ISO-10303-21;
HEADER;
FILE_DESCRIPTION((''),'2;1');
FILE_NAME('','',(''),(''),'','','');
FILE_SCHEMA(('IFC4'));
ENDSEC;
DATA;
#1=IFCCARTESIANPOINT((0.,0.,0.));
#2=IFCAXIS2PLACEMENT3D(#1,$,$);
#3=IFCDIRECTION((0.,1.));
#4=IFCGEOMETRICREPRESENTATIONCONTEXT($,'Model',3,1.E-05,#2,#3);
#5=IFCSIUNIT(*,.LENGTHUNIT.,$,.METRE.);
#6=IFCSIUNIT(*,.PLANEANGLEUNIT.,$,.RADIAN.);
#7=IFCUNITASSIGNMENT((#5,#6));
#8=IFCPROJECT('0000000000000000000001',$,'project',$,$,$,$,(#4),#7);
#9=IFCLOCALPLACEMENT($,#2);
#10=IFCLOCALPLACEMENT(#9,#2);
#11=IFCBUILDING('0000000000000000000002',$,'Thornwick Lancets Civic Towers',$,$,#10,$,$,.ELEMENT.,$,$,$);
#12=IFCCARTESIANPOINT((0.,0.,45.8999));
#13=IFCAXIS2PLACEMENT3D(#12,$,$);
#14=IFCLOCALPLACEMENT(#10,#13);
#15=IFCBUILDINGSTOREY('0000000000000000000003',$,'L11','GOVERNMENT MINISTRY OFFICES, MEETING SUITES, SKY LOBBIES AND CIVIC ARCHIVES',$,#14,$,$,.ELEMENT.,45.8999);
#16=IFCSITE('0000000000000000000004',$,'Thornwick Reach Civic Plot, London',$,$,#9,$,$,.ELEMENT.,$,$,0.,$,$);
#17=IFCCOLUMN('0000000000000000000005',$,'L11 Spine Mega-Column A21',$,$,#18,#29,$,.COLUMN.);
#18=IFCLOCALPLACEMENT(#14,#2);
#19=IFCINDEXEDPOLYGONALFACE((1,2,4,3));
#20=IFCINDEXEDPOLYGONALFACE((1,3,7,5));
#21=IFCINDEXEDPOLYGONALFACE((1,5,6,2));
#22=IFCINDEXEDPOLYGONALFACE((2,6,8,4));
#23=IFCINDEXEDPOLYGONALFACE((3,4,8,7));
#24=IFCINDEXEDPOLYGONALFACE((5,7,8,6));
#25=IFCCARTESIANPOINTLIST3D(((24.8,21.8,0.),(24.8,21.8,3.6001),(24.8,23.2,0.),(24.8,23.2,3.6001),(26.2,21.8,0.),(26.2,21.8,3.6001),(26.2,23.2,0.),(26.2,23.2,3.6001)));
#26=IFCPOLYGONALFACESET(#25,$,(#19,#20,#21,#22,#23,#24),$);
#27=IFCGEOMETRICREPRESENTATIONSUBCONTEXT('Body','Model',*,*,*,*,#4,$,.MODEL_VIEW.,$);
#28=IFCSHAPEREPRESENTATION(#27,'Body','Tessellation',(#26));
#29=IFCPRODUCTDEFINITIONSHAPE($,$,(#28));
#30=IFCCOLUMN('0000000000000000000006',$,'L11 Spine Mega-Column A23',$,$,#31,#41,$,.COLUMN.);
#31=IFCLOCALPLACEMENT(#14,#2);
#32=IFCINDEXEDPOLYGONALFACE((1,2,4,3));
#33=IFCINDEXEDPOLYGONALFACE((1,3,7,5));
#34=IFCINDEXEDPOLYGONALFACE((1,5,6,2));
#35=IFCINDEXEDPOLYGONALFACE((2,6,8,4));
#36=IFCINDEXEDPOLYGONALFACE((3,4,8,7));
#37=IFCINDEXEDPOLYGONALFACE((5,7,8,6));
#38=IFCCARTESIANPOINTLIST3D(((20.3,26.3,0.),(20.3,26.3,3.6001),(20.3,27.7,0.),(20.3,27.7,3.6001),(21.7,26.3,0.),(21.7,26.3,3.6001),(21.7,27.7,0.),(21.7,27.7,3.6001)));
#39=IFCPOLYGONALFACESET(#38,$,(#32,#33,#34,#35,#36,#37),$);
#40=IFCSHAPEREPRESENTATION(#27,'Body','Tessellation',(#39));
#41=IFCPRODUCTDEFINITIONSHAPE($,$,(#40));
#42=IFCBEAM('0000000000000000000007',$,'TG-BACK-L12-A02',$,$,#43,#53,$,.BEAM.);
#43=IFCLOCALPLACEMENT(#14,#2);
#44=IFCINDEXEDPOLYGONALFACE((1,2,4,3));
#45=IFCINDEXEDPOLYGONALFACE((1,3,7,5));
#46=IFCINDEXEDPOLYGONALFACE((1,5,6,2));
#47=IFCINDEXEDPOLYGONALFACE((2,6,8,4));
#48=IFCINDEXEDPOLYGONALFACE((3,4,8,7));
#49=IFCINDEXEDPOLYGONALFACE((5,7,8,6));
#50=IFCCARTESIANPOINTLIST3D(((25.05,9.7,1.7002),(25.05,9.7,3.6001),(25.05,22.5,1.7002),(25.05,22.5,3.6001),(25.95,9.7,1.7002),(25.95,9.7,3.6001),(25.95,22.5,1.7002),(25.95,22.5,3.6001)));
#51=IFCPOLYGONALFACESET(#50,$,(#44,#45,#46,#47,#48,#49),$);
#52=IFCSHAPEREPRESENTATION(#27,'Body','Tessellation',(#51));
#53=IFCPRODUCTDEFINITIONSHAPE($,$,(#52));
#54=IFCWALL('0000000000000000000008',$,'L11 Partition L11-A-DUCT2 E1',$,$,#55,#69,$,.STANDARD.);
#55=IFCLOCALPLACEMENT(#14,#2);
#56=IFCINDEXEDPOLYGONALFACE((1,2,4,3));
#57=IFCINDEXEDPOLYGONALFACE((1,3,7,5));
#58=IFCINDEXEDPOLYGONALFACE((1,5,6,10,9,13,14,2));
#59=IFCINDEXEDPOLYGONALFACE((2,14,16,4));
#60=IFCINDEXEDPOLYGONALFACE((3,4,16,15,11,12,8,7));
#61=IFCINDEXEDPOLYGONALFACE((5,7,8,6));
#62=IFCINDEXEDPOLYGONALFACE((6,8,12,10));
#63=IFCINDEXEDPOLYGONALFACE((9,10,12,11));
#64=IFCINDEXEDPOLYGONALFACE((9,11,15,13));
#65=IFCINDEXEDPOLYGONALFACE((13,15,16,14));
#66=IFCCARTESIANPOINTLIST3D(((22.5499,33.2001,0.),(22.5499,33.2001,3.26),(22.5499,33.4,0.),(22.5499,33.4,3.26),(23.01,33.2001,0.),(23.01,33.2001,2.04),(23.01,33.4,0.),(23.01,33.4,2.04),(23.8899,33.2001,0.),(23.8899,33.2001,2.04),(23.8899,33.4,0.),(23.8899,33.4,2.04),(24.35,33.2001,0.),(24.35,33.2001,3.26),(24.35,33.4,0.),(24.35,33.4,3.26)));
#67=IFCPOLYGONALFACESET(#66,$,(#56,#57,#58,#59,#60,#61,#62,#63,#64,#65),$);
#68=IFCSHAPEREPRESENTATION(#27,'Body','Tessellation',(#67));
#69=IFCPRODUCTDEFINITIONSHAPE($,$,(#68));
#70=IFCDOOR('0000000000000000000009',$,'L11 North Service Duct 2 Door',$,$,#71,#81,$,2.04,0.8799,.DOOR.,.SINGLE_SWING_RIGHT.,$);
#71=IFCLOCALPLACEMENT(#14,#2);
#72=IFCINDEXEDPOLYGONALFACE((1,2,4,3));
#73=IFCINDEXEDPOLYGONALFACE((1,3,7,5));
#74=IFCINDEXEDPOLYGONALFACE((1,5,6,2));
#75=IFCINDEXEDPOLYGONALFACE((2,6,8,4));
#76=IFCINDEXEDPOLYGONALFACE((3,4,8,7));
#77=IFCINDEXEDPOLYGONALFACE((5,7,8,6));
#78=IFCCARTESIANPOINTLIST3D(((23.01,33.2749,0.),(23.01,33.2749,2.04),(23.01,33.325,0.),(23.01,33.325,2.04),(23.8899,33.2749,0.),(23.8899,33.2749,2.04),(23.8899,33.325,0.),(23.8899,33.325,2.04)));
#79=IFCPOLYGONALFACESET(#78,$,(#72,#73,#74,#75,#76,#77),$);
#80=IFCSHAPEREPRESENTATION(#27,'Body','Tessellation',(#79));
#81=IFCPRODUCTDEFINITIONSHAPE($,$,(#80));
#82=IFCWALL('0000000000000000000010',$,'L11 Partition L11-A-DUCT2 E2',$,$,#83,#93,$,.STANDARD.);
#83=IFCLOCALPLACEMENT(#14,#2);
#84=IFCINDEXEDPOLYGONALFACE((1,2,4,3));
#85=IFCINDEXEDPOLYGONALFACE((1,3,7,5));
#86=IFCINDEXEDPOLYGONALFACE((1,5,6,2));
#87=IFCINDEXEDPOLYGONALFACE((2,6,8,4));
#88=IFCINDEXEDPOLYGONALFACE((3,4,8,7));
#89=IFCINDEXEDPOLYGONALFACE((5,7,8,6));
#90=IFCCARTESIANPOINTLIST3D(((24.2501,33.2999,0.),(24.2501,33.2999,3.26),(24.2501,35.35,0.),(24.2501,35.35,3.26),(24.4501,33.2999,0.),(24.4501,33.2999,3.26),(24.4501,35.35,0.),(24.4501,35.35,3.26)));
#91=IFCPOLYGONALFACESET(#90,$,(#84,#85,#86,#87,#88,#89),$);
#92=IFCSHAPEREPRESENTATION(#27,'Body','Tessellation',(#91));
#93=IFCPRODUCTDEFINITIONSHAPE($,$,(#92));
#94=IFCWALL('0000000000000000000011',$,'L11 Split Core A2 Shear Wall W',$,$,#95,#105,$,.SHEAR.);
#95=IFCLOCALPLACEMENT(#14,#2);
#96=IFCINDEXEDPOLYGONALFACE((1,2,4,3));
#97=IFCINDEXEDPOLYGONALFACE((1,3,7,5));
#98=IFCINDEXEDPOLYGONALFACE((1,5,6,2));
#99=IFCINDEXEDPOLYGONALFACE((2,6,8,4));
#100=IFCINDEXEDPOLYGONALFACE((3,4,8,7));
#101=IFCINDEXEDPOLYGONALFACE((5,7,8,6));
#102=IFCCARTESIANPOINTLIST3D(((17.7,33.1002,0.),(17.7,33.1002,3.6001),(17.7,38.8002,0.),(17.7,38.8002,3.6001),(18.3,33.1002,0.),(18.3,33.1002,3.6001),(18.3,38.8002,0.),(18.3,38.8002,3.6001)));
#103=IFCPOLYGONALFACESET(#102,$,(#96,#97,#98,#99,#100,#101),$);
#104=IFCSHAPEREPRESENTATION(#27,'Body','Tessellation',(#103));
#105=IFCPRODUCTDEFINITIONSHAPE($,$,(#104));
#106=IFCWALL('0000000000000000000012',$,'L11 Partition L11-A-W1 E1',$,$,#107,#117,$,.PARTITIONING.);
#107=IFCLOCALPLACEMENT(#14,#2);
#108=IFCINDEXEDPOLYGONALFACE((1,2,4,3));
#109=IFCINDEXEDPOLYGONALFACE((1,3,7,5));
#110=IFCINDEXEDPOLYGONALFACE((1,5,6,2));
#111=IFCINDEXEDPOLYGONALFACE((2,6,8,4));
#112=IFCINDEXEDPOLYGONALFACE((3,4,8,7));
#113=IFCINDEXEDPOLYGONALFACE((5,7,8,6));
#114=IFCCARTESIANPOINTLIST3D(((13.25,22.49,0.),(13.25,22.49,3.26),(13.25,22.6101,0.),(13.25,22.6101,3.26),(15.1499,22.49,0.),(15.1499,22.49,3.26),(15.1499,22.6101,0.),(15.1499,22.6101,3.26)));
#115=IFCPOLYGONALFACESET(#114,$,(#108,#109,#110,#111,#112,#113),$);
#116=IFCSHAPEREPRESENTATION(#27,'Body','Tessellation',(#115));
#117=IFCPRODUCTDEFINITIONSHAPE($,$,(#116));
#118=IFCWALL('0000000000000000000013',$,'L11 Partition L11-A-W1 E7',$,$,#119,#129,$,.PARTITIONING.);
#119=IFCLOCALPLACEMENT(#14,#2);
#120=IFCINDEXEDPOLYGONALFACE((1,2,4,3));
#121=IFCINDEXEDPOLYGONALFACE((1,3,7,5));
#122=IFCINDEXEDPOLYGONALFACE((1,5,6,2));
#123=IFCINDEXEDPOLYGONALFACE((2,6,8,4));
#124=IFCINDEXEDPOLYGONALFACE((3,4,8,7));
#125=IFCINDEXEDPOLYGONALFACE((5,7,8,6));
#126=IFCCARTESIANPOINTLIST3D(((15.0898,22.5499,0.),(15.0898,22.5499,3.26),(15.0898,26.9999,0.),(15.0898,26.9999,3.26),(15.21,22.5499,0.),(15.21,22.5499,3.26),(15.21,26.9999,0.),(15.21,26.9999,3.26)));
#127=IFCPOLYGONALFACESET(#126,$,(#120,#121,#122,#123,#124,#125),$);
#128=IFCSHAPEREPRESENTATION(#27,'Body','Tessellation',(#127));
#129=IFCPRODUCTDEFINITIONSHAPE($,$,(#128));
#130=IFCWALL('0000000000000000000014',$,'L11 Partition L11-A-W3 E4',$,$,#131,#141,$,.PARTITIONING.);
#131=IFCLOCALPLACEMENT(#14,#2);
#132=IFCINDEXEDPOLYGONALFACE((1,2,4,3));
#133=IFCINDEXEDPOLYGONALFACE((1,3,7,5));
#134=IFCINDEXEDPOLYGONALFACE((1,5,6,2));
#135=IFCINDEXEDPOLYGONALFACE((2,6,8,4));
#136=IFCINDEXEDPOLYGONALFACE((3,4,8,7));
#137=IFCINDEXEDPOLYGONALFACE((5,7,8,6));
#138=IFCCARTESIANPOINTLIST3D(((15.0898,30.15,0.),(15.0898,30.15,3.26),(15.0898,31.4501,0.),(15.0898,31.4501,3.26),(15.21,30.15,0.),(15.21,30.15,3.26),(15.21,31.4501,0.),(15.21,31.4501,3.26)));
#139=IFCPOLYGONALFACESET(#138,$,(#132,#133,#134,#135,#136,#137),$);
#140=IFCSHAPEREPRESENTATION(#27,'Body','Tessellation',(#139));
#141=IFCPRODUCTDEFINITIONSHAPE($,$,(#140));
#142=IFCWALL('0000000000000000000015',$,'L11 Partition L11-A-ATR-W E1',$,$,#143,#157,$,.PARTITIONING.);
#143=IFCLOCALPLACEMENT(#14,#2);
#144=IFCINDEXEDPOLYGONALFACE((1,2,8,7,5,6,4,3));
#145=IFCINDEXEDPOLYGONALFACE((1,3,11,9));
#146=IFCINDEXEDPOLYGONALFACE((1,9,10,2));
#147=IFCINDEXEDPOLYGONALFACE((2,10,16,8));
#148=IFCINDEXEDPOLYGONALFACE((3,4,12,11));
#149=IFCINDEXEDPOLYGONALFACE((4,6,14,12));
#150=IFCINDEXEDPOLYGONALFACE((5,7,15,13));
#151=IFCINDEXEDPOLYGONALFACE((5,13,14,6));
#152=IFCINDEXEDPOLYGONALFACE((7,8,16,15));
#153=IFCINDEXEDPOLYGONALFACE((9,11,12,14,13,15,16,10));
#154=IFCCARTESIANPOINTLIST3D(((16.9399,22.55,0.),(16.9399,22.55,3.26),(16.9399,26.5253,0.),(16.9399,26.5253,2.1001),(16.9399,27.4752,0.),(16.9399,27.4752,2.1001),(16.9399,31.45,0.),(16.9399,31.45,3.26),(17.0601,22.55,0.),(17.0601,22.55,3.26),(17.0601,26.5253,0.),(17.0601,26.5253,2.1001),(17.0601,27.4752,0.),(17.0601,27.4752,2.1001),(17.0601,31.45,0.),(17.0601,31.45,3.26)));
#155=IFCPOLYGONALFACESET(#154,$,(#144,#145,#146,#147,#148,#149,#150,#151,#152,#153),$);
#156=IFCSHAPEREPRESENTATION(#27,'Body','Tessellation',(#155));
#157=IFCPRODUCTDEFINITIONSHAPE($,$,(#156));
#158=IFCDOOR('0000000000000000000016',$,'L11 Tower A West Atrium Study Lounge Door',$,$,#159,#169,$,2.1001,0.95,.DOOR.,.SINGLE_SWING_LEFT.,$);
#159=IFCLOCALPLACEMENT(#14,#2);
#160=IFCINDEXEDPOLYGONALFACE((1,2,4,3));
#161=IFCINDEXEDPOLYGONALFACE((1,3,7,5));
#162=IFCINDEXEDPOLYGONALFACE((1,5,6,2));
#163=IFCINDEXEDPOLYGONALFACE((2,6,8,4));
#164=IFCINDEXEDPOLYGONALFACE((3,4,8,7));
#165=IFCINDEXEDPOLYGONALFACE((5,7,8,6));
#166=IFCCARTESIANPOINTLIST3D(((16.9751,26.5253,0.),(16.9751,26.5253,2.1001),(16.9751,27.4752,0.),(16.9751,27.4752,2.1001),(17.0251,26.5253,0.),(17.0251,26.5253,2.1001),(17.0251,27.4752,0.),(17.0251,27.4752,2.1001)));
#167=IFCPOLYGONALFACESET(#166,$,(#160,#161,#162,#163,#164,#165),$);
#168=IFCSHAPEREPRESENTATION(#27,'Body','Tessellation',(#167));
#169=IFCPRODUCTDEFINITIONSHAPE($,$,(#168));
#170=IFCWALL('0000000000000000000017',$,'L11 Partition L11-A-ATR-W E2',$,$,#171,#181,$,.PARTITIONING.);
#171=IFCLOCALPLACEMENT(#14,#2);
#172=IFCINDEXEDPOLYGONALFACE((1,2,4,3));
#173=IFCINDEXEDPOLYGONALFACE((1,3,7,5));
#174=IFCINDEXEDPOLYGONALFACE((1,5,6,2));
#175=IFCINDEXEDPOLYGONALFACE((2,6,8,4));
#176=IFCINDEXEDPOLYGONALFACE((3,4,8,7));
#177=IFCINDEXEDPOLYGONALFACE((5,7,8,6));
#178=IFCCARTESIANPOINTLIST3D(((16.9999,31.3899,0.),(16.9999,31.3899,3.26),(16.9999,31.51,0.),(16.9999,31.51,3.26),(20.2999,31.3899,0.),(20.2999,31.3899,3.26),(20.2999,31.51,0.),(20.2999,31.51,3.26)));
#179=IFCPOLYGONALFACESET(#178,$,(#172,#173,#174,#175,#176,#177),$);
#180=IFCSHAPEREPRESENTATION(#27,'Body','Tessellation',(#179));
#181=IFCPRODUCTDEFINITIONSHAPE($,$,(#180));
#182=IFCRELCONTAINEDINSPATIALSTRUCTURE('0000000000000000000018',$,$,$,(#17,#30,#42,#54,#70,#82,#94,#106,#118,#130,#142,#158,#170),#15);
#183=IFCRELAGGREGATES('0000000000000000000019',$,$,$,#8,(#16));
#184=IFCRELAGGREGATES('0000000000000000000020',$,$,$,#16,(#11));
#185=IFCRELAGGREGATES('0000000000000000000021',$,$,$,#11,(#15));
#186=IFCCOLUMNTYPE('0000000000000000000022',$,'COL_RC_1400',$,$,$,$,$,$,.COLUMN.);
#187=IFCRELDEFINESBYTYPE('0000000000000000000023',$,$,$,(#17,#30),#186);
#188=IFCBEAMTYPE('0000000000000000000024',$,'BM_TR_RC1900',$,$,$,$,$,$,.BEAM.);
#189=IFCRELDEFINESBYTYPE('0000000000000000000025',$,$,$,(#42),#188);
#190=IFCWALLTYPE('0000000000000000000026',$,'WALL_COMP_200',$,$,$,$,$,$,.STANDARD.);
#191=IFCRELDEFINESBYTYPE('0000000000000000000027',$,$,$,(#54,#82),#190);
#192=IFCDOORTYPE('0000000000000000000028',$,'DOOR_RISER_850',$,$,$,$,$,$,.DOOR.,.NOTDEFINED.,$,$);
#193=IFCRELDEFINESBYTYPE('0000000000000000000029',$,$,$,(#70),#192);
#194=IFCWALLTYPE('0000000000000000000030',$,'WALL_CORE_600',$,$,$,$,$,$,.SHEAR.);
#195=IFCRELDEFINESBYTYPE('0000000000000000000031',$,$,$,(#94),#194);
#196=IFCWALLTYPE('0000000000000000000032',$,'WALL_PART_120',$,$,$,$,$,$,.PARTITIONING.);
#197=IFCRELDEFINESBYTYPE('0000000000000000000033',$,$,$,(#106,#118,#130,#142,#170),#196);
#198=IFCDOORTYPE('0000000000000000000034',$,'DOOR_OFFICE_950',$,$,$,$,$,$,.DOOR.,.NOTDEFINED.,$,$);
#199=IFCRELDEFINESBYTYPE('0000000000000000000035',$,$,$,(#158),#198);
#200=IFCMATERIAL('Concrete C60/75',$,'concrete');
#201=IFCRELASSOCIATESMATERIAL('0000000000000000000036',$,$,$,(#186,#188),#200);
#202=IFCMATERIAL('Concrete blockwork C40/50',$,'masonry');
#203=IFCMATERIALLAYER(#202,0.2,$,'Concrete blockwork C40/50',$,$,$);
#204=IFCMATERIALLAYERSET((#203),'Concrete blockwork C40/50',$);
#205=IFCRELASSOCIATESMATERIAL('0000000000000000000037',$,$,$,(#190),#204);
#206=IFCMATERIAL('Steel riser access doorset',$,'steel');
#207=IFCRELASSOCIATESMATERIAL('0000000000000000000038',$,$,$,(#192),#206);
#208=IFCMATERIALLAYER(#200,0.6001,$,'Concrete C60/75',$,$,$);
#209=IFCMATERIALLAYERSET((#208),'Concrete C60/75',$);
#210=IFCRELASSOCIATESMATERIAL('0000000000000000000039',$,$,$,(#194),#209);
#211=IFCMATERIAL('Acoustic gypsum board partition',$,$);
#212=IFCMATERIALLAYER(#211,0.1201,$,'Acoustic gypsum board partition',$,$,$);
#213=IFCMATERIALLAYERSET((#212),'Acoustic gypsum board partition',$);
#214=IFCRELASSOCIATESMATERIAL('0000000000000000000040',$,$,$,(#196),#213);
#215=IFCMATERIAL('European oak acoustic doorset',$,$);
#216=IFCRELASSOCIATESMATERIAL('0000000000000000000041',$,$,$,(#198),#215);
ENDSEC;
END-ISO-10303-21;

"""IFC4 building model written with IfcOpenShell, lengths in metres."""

from ifc_helpers import new_model, si_unit, direction, frame, frame_2d, origin, origin_2d, place, context, subcontext, project, spatial, rectangle, extrude, material, layer, layer_set, material_profile, profile_set, type_object, element, fill, save


model = new_model("IFC4")

# Units and contexts
model_context = context("Model", 3, precision=1e-05, world=origin(), true_north=direction((0.0, 1.0)))
body_context = subcontext(model_context, "Body", "Model", "MODEL_VIEW")
ifc_project = project(units=[si_unit("LENGTHUNIT", "METRE"), si_unit("PLANEANGLEUNIT", "RADIAN")], contexts=[model_context])

# Site, building, storey
site_placement = place(None, origin())
site = spatial("IfcSite", under=ifc_project, at=site_placement, Name="Thornwick Reach Civic Plot, London", CompositionType="ELEMENT", RefElevation=0.0)
building_placement = place(site_placement, origin())
building = spatial("IfcBuilding", under=site, at=building_placement, Name="Thornwick Lancets Civic Towers", CompositionType="ELEMENT")
storey_placement = place(building_placement, frame((0.0, 0.0, 45.8999)))
storey = spatial("IfcBuildingStorey", under=building, at=storey_placement, Name="L11", Description="GOVERNMENT MINISTRY OFFICES, MEETING SUITES, SKY LOBBIES AND CIVIC ARCHIVES", CompositionType="ELEMENT", Elevation=45.8999)

# Columns
ifc_material_1 = material(Name="Concrete C60/75", Category="concrete")
ifc_material_profile_1 = material_profile(ifc_material_1, rectangle(XDim=1.3999, YDim=1.3999, at=origin_2d()), Name="RC 1400x1400")
ifc_profile_set_1 = profile_set([ifc_material_profile_1], Name="Concrete C60/75")
column_type = type_object("IfcColumnType", Name="COL_RC_1400", PredefinedType="COLUMN", material=ifc_profile_set_1)
for number, where, z_axis, x_axis, name in (
    (1, (25.5, 22.5, 0.0), (0.0, 0.0, 1.0), (1.0, 0.0, 0.0), "L11 Spine Mega-Column A21"),
    (2, (21.0, 27.0, 0.0), (0.0, 0.0, 1.0), (1.0, 0.0, 0.0), "L11 Spine Mega-Column A23"),
):
    element("IfcColumn", number, at=place(storey_placement, frame(where, z_axis=z_axis, x_axis=x_axis)), inside=storey, type_object=column_type, Name=name, PredefinedType="COLUMN", context=body_context, shape_type="SweptSolid", body=[
        extrude(rectangle(XDim=1.3999, YDim=1.3999, at=origin_2d()), origin(), (0.0, 0.0, 1.0), 3.6001),
    ])

# Beam
ifc_material_profile_2 = material_profile(ifc_material_1, rectangle(XDim=0.8999, YDim=1.8999, at=origin_2d()), Name="RC 900x1900")
ifc_profile_set_2 = profile_set([ifc_material_profile_2], Name="Concrete C60/75")
beam_type = type_object("IfcBeamType", Name="BM_TR_RC1900", PredefinedType="BEAM", material=ifc_profile_set_2)
beam_placement = place(storey_placement, frame((25.5, 22.5, 2.6501), z_axis=(0.0, -1.0, 0.0), x_axis=(1.0, 0.0, 0.0)))
element("IfcBeam", 3, at=beam_placement, inside=storey, type_object=beam_type, Name="TG-BACK-L12-A02", PredefinedType="BEAM", context=body_context, shape_type="SweptSolid", body=[
    extrude(rectangle(XDim=0.8999, YDim=1.8999, at=origin_2d()), origin(), (0.0, 0.0, 1.0), 12.8),
])

# Wall, opening, door
ifc_material_2 = material(Name="Concrete blockwork C40/50", Category="masonry")
ifc_layer_1 = layer(ifc_material_2, 0.2, Name="Concrete blockwork C40/50")
ifc_layer_set_1 = layer_set([ifc_layer_1], Name="Concrete blockwork C40/50")
wall_type_1 = type_object("IfcWallType", Name="WALL_COMP_200", PredefinedType="STANDARD", material=ifc_layer_set_1)
wall_1_placement = place(storey_placement, frame((22.55, 33.3, 0.0), z_axis=(0.0, 0.0, 1.0), x_axis=(1.0, 0.0, 0.0)))
wall_1 = element("IfcWall", 4, at=wall_1_placement, inside=storey, type_object=wall_type_1, Name="L11 Partition L11-A-DUCT2 E1", PredefinedType="STANDARD", context=body_context, shape_type="SweptSolid", body=[
    extrude(rectangle(XDim=1.8, YDim=0.2, at=frame_2d((0.8999, 0.0))), origin(), (0.0, 0.0, 1.0), 3.26),
])
opening_1_placement = place(wall_1_placement, frame((0.46, 0.0, 0.0)))
opening_1 = element("IfcOpeningElement", 5, at=opening_1_placement, cuts=wall_1, PredefinedType="OPENING", context=body_context, shape_type="SweptSolid", body=[
    extrude(rectangle(XDim=0.8799, YDim=2.04, at=frame_2d((0.4399, 1.02))), frame((0.0, 0.1099, 0.0), z_axis=(0.0, -1.0, 0.0), x_axis=(1.0, 0.0, 0.0)), (0.0, 0.0, 1.0), 0.22),
])
ifc_material_3 = material(Name="Steel riser access doorset", Category="steel")
door_type_1 = type_object("IfcDoorType", Name="DOOR_RISER_850", OperationType="NOTDEFINED", PredefinedType="DOOR", material=ifc_material_3)
door_1_placement = place(opening_1_placement, origin())
door_1 = element("IfcDoor", 6, at=door_1_placement, inside=storey, type_object=door_type_1, Name="L11 North Service Duct 2 Door", OperationType="SINGLE_SWING_RIGHT", OverallHeight=2.04, OverallWidth=0.8799, PredefinedType="DOOR", context=body_context, shape_type="SweptSolid", body=[
    extrude(rectangle(XDim=0.8799, YDim=2.04, at=frame_2d((0.4399, 1.02))), frame((0.0, 0.0249, 0.0), z_axis=(0.0, -1.0, 0.0), x_axis=(1.0, 0.0, 0.0)), (0.0, 0.0, 1.0), 0.05),
])
fill(opening_1, door_1)

# Walls
wall_2_placement = place(storey_placement, frame((24.3501, 33.3, 0.0), z_axis=(0.0, 0.0, 1.0), x_axis=(0.0, 1.0, 0.0)))
element("IfcWall", 7, at=wall_2_placement, inside=storey, type_object=wall_type_1, Name="L11 Partition L11-A-DUCT2 E2", PredefinedType="STANDARD", context=body_context, shape_type="SweptSolid", body=[
    extrude(rectangle(XDim=2.05, YDim=0.2, at=frame_2d((1.0249, 0.0))), origin(), (0.0, 0.0, 1.0), 3.26),
])
ifc_layer_2 = layer(ifc_material_1, 0.6001, Name="Concrete C60/75")
ifc_layer_set_2 = layer_set([ifc_layer_2], Name="Concrete C60/75")
wall_type_2 = type_object("IfcWallType", Name="WALL_CORE_600", PredefinedType="SHEAR", material=ifc_layer_set_2)
wall_3_placement = place(storey_placement, frame((18.0, 33.1001, 0.0), z_axis=(0.0, 0.0, 1.0), x_axis=(0.0, 1.0, 0.0)))
element("IfcWall", 8, at=wall_3_placement, inside=storey, type_object=wall_type_2, Name="L11 Split Core A2 Shear Wall W", PredefinedType="SHEAR", context=body_context, shape_type="SweptSolid", body=[
    extrude(rectangle(XDim=5.7, YDim=0.6001, at=frame_2d((2.8501, 0.0))), origin(), (0.0, 0.0, 1.0), 3.6001),
])
ifc_material_4 = material(Name="Acoustic gypsum board partition")
ifc_layer_3 = layer(ifc_material_4, 0.1201, Name="Acoustic gypsum board partition")
ifc_layer_set_3 = layer_set([ifc_layer_3], Name="Acoustic gypsum board partition")
wall_type_3 = type_object("IfcWallType", Name="WALL_PART_120", PredefinedType="PARTITIONING", material=ifc_layer_set_3)
wall_4_placement = place(storey_placement, frame((15.1499, 22.55, 0.0), z_axis=(0.0, 0.0, 1.0), x_axis=(-1.0, 0.0, 0.0)))
element("IfcWall", 9, at=wall_4_placement, inside=storey, type_object=wall_type_3, Name="L11 Partition L11-A-W1 E1", PredefinedType="PARTITIONING", context=body_context, shape_type="SweptSolid", body=[
    extrude(rectangle(XDim=1.8999, YDim=0.1201, at=frame_2d((0.95, 0.0))), origin(), (0.0, 0.0, 1.0), 3.26),
])
wall_5_placement = place(storey_placement, frame((15.1499, 27.0, 0.0), z_axis=(0.0, 0.0, 1.0), x_axis=(0.0, -1.0, 0.0)))
element("IfcWall", 10, at=wall_5_placement, inside=storey, type_object=wall_type_3, Name="L11 Partition L11-A-W1 E7", PredefinedType="PARTITIONING", context=body_context, shape_type="SweptSolid", body=[
    extrude(rectangle(XDim=4.45, YDim=0.1201, at=frame_2d((2.2251, 0.0))), origin(), (0.0, 0.0, 1.0), 3.26),
])
wall_6_placement = place(storey_placement, frame((15.1499, 31.45, 0.0), z_axis=(0.0, 0.0, 1.0), x_axis=(0.0, -1.0, 0.0)))
element("IfcWall", 11, at=wall_6_placement, inside=storey, type_object=wall_type_3, Name="L11 Partition L11-A-W3 E4", PredefinedType="PARTITIONING", context=body_context, shape_type="SweptSolid", body=[
    extrude(rectangle(XDim=1.3, YDim=0.1201, at=frame_2d((0.6499, 0.0))), origin(), (0.0, 0.0, 1.0), 3.26),
])

# Wall, opening, door
wall_7_placement = place(storey_placement, frame((17.0, 22.55, 0.0), z_axis=(0.0, 0.0, 1.0), x_axis=(0.0, 1.0, 0.0)))
wall_7 = element("IfcWall", 12, at=wall_7_placement, inside=storey, type_object=wall_type_3, Name="L11 Partition L11-A-ATR-W E1", PredefinedType="PARTITIONING", context=body_context, shape_type="SweptSolid", body=[
    extrude(rectangle(XDim=8.8999, YDim=0.1201, at=frame_2d((4.45, 0.0))), origin(), (0.0, 0.0, 1.0), 3.26),
])
opening_2_placement = place(wall_7_placement, frame((3.9751, 0.0, 0.0)))
opening_2 = element("IfcOpeningElement", 13, at=opening_2_placement, cuts=wall_7, PredefinedType="OPENING", context=body_context, shape_type="SweptSolid", body=[
    extrude(rectangle(XDim=0.95, YDim=2.1001, at=frame_2d((0.4751, 1.05))), frame((0.0, 0.0701, 0.0), z_axis=(0.0, -1.0, 0.0), x_axis=(1.0, 0.0, 0.0)), (0.0, 0.0, 1.0), 0.1401),
])
ifc_material_5 = material(Name="European oak acoustic doorset")
door_type_2 = type_object("IfcDoorType", Name="DOOR_OFFICE_950", OperationType="NOTDEFINED", PredefinedType="DOOR", material=ifc_material_5)
door_2_placement = place(opening_2_placement, origin())
door_2 = element("IfcDoor", 14, at=door_2_placement, inside=storey, type_object=door_type_2, Name="L11 Tower A West Atrium Study Lounge Door", OperationType="SINGLE_SWING_LEFT", OverallHeight=2.1001, OverallWidth=0.95, PredefinedType="DOOR", context=body_context, shape_type="SweptSolid", body=[
    extrude(rectangle(XDim=0.95, YDim=2.1001, at=frame_2d((0.4751, 1.05))), frame((0.0, 0.0249, 0.0), z_axis=(0.0, -1.0, 0.0), x_axis=(1.0, 0.0, 0.0)), (0.0, 0.0, 1.0), 0.05),
])
fill(opening_2, door_2)

# Wall
wall_8_placement = place(storey_placement, frame((17.0, 31.45, 0.0), z_axis=(0.0, 0.0, 1.0), x_axis=(1.0, 0.0, 0.0)))
element("IfcWall", 15, at=wall_8_placement, inside=storey, type_object=wall_type_3, Name="L11 Partition L11-A-ATR-W E2", PredefinedType="PARTITIONING", context=body_context, shape_type="SweptSolid", body=[
    extrude(rectangle(XDim=3.3, YDim=0.1201, at=frame_2d((1.6499, 0.0))), origin(), (0.0, 0.0, 1.0), 3.26),
])

save(model, "model.ifc")
